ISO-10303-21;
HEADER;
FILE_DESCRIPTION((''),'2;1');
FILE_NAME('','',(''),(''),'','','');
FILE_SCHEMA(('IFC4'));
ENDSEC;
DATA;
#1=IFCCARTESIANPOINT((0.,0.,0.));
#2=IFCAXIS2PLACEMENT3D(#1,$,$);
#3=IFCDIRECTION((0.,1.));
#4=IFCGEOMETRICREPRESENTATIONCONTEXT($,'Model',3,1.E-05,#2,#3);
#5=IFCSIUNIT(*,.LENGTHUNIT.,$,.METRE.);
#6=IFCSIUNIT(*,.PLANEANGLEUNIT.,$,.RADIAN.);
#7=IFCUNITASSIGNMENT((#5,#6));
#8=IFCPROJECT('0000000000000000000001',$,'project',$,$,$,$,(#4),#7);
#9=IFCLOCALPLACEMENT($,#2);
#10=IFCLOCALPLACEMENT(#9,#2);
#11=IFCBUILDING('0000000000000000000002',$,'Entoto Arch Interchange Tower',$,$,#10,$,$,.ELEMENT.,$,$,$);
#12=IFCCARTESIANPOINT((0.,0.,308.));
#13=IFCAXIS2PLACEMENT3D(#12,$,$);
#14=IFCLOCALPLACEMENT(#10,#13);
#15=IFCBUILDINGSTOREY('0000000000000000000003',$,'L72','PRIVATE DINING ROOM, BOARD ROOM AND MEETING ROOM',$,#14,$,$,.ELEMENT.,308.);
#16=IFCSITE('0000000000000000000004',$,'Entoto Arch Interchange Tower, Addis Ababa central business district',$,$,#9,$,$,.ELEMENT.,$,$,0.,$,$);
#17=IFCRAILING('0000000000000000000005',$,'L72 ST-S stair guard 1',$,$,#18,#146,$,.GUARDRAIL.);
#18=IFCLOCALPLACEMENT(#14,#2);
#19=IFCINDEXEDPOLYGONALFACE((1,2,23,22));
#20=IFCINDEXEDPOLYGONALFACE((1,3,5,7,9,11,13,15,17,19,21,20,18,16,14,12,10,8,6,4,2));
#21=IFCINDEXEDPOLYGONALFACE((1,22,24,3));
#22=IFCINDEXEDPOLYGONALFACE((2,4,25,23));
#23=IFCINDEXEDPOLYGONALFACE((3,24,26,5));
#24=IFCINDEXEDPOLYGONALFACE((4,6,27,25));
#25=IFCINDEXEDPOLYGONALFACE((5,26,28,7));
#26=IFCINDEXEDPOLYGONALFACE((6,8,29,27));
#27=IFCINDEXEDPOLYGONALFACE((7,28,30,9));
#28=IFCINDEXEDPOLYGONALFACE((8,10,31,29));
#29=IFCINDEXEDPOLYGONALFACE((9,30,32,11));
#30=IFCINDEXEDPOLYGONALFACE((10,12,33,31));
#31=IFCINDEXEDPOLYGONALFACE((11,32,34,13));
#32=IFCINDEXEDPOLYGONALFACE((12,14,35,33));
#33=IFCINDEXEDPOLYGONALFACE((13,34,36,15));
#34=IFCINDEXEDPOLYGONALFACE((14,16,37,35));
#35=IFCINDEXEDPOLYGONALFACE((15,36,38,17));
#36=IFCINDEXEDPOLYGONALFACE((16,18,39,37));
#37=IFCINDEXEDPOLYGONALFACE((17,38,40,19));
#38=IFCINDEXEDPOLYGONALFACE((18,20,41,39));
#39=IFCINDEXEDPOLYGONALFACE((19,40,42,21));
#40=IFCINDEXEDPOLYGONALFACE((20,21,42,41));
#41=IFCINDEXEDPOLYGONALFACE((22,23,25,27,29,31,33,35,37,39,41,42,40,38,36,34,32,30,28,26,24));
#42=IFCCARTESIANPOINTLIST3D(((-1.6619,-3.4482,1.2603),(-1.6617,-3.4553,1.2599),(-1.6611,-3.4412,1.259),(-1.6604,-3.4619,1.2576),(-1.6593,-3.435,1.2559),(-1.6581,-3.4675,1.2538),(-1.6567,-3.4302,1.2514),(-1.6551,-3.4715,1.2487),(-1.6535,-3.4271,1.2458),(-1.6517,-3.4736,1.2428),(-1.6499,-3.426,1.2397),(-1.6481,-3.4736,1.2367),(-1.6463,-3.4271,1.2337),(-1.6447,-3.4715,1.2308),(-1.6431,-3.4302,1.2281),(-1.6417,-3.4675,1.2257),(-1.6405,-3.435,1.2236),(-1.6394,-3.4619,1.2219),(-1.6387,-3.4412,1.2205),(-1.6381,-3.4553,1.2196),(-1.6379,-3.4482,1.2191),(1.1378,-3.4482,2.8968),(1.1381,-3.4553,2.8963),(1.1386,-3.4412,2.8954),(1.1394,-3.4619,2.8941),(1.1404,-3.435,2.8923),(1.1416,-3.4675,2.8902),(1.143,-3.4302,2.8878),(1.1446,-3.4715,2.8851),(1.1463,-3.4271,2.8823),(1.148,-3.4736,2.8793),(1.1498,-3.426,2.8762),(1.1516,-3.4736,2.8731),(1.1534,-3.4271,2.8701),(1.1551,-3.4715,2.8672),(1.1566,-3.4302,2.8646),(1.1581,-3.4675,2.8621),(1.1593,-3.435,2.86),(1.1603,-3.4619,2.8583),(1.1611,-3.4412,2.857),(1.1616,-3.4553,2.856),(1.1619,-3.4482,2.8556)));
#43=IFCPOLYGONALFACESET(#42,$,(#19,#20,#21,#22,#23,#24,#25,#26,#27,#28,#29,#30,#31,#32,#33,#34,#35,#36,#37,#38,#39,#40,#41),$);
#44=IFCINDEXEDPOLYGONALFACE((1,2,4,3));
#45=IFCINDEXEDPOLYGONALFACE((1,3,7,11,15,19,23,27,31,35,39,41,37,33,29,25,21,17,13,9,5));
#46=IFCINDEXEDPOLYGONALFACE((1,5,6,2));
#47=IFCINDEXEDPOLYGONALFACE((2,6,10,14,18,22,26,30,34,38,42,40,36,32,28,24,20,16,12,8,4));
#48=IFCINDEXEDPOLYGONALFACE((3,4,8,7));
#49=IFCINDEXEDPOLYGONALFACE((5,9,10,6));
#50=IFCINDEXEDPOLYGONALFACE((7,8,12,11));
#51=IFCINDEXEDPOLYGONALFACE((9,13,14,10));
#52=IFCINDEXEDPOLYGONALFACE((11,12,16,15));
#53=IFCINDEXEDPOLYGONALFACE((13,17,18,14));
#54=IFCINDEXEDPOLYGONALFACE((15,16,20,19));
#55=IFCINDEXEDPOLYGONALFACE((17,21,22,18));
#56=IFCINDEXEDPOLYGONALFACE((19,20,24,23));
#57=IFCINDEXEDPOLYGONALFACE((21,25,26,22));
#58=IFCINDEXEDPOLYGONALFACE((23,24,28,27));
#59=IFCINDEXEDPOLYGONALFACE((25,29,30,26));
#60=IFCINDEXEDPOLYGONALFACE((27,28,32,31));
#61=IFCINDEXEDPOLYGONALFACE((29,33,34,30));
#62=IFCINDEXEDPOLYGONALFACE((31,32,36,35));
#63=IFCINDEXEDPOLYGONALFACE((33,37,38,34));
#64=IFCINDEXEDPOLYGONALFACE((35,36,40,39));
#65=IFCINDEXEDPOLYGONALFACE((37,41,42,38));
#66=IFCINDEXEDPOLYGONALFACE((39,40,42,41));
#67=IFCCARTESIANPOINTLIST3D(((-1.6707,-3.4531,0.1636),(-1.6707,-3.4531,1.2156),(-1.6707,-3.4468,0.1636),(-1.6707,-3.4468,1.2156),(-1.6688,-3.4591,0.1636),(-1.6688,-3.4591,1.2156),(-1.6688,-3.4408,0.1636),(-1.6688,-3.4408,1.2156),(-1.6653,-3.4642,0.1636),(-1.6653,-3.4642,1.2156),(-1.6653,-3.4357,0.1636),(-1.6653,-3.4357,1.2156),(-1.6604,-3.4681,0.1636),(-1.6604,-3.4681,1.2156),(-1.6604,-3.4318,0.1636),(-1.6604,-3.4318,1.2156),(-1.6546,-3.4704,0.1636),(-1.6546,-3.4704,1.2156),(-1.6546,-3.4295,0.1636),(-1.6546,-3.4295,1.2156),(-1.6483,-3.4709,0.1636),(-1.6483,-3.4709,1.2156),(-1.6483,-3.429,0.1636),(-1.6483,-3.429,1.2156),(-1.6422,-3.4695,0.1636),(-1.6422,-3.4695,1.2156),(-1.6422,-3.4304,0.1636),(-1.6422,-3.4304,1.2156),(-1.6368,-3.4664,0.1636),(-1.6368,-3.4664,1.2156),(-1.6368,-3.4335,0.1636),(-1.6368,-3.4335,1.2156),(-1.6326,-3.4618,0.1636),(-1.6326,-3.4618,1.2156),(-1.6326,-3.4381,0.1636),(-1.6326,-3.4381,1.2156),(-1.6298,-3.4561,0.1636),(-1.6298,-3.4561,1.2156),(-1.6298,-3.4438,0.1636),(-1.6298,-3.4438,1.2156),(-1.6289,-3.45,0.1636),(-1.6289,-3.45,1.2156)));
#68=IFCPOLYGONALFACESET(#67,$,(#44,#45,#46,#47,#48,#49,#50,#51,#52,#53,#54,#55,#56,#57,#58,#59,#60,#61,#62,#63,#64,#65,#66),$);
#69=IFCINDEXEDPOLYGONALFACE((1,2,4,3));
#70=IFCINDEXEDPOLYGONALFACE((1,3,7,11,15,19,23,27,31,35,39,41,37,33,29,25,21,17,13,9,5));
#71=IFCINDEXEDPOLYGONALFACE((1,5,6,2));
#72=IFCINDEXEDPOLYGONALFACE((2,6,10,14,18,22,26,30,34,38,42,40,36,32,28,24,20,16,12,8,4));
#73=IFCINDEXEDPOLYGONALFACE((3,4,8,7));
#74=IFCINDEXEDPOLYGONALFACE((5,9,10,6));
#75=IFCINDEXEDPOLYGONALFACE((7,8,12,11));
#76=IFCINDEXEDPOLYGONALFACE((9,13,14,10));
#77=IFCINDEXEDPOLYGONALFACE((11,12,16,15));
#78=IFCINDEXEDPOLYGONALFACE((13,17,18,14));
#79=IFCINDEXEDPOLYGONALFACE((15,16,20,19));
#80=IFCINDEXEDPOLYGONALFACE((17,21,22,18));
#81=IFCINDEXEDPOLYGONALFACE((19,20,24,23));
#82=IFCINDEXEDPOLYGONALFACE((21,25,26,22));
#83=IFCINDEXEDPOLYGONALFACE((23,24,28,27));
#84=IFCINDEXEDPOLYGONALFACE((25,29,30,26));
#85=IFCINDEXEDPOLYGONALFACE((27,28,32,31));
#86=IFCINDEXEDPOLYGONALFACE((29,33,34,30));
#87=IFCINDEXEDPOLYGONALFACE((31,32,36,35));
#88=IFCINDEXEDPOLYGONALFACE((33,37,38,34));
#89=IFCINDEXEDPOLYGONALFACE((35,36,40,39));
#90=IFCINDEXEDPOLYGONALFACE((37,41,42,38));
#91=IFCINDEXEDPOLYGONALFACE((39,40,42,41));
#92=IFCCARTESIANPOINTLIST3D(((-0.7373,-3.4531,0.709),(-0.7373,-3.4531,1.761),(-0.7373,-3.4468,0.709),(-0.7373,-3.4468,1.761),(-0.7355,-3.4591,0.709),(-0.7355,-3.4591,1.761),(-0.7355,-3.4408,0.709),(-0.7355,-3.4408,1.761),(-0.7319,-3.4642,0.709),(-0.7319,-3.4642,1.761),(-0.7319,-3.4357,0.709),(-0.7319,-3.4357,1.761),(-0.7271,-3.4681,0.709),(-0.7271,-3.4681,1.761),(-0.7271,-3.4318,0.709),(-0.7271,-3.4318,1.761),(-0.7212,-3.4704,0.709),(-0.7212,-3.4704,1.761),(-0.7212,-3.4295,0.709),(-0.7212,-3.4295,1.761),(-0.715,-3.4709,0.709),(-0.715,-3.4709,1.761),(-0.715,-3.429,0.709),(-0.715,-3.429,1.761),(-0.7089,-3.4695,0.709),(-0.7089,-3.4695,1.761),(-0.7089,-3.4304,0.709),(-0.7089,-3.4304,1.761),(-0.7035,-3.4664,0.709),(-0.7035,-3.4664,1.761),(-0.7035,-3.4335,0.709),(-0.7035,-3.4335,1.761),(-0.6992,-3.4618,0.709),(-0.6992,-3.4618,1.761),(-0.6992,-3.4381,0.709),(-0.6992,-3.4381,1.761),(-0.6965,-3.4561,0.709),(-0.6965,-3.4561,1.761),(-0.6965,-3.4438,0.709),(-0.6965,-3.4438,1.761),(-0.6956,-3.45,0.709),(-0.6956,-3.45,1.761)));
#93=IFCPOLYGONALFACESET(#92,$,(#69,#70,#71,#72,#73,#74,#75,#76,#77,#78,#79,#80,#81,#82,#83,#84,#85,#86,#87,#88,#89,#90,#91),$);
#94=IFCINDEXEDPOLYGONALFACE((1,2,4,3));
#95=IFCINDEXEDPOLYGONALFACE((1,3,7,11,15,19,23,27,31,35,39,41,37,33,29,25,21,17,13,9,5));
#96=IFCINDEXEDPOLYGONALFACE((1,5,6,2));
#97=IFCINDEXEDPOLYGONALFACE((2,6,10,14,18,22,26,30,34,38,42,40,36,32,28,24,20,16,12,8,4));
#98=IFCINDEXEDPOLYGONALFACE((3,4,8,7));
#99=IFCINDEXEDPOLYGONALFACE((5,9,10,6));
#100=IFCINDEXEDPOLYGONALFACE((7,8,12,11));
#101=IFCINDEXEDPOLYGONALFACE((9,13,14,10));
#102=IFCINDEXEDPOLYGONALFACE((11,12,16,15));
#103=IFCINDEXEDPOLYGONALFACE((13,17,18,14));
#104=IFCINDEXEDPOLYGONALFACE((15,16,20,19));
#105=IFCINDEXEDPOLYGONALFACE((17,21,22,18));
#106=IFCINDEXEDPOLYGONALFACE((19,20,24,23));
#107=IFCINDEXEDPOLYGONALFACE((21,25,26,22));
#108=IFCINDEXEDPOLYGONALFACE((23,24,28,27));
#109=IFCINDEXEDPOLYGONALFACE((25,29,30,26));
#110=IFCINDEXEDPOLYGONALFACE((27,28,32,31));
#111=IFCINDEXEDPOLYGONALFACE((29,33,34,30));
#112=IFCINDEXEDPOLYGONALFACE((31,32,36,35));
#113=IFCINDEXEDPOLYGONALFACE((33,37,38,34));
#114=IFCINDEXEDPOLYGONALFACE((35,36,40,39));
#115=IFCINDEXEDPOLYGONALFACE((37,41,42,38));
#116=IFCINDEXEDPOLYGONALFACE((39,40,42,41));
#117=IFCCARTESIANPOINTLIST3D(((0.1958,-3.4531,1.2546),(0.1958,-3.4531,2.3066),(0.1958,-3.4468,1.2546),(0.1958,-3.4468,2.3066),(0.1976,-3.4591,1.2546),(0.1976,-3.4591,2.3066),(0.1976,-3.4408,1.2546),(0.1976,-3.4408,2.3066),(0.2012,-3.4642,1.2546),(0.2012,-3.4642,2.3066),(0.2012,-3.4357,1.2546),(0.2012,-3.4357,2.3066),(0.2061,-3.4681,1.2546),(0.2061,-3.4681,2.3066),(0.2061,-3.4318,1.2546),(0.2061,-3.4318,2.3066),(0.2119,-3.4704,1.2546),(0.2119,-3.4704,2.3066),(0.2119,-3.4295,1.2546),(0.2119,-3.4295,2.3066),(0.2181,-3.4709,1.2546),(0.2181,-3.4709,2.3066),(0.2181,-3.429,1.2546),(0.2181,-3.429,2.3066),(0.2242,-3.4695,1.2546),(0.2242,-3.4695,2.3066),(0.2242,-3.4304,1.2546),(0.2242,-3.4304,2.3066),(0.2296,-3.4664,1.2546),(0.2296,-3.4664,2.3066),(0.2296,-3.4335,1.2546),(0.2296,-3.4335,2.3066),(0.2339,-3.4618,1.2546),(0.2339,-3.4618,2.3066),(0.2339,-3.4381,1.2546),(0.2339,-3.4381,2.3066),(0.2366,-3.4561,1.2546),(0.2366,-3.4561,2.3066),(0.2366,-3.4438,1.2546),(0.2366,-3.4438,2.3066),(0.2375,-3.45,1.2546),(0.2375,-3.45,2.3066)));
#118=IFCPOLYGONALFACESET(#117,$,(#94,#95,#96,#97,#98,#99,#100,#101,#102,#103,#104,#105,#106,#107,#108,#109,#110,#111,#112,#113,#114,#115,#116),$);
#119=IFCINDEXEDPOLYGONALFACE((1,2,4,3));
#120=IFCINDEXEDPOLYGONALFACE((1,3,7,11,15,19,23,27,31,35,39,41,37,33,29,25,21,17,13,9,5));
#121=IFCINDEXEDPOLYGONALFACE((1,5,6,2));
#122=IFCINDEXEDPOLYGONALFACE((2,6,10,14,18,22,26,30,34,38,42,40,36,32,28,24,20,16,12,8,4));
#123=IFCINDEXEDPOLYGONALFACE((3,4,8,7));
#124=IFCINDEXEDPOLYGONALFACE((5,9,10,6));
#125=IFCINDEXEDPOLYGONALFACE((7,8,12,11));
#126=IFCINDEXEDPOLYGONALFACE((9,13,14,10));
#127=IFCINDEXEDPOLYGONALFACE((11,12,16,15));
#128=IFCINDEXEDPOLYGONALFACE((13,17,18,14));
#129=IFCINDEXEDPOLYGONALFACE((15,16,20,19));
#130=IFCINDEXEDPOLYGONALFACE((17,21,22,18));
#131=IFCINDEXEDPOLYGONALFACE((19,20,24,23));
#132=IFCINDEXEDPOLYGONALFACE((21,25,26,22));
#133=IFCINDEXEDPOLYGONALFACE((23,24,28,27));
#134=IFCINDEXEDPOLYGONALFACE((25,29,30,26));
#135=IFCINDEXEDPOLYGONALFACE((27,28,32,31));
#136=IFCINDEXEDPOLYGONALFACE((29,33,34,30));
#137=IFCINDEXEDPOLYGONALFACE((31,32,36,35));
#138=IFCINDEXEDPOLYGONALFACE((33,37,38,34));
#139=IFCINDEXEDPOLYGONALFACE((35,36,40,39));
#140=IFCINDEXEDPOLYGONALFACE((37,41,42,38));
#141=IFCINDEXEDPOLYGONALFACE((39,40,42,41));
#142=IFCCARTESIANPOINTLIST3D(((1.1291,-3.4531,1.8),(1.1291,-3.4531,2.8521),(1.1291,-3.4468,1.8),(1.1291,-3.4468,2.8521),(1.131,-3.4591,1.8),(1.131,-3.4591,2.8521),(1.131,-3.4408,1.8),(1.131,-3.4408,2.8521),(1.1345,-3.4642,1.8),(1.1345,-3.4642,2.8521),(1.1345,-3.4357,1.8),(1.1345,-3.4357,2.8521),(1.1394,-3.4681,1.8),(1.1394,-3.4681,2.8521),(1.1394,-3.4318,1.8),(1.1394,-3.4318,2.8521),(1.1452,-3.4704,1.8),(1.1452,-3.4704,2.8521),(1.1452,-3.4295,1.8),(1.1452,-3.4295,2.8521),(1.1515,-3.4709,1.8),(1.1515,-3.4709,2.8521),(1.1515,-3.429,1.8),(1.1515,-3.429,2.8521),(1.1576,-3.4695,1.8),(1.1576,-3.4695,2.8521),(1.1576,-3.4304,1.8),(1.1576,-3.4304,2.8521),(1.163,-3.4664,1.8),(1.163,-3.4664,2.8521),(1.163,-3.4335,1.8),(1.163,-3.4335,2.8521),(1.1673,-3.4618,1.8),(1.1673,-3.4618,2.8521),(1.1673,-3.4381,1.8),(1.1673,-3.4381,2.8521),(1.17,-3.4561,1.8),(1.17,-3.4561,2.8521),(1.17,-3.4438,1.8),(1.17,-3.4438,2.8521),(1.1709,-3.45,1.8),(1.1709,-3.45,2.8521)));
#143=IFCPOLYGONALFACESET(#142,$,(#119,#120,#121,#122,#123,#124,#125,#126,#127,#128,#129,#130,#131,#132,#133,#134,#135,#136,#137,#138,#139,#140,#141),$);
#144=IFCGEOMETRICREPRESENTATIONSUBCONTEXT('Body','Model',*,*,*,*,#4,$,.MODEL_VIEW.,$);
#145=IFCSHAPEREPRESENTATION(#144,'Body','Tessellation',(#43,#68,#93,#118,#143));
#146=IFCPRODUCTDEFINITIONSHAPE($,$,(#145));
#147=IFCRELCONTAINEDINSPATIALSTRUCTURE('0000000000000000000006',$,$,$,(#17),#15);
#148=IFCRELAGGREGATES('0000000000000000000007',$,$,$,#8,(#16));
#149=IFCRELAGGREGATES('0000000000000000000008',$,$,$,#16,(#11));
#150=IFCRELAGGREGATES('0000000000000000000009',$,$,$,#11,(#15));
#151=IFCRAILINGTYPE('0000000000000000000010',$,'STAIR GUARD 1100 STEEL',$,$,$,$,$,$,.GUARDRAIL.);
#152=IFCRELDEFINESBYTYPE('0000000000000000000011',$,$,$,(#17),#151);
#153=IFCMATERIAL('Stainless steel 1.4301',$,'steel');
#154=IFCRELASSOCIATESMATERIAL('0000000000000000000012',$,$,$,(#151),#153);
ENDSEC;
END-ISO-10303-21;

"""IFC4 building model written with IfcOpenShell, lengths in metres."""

from ifc_helpers import new_model, si_unit, direction, frame, origin, origin_2d, place, context, subcontext, project, spatial, circle, extrude, material, type_object, element, save


model = new_model("IFC4")

# Units and contexts
model_context = context("Model", 3, precision=1e-05, world=origin(), true_north=direction((0.0, 1.0)))
body_context = subcontext(model_context, "Body", "Model", "MODEL_VIEW")
ifc_project = project(units=[si_unit("LENGTHUNIT", "METRE"), si_unit("PLANEANGLEUNIT", "RADIAN")], contexts=[model_context])

# Site, building, storey
site_placement = place(None, origin())
site = spatial("IfcSite", under=ifc_project, at=site_placement, Name="Entoto Arch Interchange Tower, Addis Ababa central business district", CompositionType="ELEMENT", RefElevation=0.0)
building_placement = place(site_placement, origin())
building = spatial("IfcBuilding", under=site, at=building_placement, Name="Entoto Arch Interchange Tower", CompositionType="ELEMENT")
storey_placement = place(building_placement, frame((0.0, 0.0, 308.0)))
storey = spatial("IfcBuildingStorey", under=building, at=storey_placement, Name="L72", Description="PRIVATE DINING ROOM, BOARD ROOM AND MEETING ROOM", CompositionType="ELEMENT", Elevation=308.0)

# Railing
ifc_material_1 = material(Name="Stainless steel 1.4301", Category="steel")
railing_type_1 = type_object("IfcRailingType", Name="STAIR GUARD 1100 STEEL", PredefinedType="GUARDRAIL", material=ifc_material_1)
railing_1_placement = place(storey_placement, frame((-1.6499, -3.45, 0.1636)))
element("IfcRailing", 1, at=railing_1_placement, inside=storey, type_object=railing_type_1, Name="L72 ST-S stair guard 1", PredefinedType="GUARDRAIL", context=body_context, shape_type="SweptSolid", body=[
    extrude(circle(Radius=0.0239, at=origin_2d()), frame((0.0, 0.0, 1.0762), z_axis=(0.863342, 0.0, 0.50462), x_axis=(0.0, 1.0, 0.0)), (0.0, 0.0, 1.0), 3.2429),
    extrude(circle(Radius=0.021, at=origin_2d()), origin(), (0.0, 0.0, 1.0), 1.052),
    extrude(circle(Radius=0.021, at=origin_2d()), frame((0.9333, 0.0, 0.5454)), (0.0, 0.0, 1.0), 1.052),
    extrude(circle(Radius=0.021, at=origin_2d()), frame((1.8665, 0.0, 1.0911)), (0.0, 0.0, 1.0), 1.052),
    extrude(circle(Radius=0.021, at=origin_2d()), frame((2.7998, 0.0, 1.6365)), (0.0, 0.0, 1.0), 1.052),
])

save(model, "model.ifc")
